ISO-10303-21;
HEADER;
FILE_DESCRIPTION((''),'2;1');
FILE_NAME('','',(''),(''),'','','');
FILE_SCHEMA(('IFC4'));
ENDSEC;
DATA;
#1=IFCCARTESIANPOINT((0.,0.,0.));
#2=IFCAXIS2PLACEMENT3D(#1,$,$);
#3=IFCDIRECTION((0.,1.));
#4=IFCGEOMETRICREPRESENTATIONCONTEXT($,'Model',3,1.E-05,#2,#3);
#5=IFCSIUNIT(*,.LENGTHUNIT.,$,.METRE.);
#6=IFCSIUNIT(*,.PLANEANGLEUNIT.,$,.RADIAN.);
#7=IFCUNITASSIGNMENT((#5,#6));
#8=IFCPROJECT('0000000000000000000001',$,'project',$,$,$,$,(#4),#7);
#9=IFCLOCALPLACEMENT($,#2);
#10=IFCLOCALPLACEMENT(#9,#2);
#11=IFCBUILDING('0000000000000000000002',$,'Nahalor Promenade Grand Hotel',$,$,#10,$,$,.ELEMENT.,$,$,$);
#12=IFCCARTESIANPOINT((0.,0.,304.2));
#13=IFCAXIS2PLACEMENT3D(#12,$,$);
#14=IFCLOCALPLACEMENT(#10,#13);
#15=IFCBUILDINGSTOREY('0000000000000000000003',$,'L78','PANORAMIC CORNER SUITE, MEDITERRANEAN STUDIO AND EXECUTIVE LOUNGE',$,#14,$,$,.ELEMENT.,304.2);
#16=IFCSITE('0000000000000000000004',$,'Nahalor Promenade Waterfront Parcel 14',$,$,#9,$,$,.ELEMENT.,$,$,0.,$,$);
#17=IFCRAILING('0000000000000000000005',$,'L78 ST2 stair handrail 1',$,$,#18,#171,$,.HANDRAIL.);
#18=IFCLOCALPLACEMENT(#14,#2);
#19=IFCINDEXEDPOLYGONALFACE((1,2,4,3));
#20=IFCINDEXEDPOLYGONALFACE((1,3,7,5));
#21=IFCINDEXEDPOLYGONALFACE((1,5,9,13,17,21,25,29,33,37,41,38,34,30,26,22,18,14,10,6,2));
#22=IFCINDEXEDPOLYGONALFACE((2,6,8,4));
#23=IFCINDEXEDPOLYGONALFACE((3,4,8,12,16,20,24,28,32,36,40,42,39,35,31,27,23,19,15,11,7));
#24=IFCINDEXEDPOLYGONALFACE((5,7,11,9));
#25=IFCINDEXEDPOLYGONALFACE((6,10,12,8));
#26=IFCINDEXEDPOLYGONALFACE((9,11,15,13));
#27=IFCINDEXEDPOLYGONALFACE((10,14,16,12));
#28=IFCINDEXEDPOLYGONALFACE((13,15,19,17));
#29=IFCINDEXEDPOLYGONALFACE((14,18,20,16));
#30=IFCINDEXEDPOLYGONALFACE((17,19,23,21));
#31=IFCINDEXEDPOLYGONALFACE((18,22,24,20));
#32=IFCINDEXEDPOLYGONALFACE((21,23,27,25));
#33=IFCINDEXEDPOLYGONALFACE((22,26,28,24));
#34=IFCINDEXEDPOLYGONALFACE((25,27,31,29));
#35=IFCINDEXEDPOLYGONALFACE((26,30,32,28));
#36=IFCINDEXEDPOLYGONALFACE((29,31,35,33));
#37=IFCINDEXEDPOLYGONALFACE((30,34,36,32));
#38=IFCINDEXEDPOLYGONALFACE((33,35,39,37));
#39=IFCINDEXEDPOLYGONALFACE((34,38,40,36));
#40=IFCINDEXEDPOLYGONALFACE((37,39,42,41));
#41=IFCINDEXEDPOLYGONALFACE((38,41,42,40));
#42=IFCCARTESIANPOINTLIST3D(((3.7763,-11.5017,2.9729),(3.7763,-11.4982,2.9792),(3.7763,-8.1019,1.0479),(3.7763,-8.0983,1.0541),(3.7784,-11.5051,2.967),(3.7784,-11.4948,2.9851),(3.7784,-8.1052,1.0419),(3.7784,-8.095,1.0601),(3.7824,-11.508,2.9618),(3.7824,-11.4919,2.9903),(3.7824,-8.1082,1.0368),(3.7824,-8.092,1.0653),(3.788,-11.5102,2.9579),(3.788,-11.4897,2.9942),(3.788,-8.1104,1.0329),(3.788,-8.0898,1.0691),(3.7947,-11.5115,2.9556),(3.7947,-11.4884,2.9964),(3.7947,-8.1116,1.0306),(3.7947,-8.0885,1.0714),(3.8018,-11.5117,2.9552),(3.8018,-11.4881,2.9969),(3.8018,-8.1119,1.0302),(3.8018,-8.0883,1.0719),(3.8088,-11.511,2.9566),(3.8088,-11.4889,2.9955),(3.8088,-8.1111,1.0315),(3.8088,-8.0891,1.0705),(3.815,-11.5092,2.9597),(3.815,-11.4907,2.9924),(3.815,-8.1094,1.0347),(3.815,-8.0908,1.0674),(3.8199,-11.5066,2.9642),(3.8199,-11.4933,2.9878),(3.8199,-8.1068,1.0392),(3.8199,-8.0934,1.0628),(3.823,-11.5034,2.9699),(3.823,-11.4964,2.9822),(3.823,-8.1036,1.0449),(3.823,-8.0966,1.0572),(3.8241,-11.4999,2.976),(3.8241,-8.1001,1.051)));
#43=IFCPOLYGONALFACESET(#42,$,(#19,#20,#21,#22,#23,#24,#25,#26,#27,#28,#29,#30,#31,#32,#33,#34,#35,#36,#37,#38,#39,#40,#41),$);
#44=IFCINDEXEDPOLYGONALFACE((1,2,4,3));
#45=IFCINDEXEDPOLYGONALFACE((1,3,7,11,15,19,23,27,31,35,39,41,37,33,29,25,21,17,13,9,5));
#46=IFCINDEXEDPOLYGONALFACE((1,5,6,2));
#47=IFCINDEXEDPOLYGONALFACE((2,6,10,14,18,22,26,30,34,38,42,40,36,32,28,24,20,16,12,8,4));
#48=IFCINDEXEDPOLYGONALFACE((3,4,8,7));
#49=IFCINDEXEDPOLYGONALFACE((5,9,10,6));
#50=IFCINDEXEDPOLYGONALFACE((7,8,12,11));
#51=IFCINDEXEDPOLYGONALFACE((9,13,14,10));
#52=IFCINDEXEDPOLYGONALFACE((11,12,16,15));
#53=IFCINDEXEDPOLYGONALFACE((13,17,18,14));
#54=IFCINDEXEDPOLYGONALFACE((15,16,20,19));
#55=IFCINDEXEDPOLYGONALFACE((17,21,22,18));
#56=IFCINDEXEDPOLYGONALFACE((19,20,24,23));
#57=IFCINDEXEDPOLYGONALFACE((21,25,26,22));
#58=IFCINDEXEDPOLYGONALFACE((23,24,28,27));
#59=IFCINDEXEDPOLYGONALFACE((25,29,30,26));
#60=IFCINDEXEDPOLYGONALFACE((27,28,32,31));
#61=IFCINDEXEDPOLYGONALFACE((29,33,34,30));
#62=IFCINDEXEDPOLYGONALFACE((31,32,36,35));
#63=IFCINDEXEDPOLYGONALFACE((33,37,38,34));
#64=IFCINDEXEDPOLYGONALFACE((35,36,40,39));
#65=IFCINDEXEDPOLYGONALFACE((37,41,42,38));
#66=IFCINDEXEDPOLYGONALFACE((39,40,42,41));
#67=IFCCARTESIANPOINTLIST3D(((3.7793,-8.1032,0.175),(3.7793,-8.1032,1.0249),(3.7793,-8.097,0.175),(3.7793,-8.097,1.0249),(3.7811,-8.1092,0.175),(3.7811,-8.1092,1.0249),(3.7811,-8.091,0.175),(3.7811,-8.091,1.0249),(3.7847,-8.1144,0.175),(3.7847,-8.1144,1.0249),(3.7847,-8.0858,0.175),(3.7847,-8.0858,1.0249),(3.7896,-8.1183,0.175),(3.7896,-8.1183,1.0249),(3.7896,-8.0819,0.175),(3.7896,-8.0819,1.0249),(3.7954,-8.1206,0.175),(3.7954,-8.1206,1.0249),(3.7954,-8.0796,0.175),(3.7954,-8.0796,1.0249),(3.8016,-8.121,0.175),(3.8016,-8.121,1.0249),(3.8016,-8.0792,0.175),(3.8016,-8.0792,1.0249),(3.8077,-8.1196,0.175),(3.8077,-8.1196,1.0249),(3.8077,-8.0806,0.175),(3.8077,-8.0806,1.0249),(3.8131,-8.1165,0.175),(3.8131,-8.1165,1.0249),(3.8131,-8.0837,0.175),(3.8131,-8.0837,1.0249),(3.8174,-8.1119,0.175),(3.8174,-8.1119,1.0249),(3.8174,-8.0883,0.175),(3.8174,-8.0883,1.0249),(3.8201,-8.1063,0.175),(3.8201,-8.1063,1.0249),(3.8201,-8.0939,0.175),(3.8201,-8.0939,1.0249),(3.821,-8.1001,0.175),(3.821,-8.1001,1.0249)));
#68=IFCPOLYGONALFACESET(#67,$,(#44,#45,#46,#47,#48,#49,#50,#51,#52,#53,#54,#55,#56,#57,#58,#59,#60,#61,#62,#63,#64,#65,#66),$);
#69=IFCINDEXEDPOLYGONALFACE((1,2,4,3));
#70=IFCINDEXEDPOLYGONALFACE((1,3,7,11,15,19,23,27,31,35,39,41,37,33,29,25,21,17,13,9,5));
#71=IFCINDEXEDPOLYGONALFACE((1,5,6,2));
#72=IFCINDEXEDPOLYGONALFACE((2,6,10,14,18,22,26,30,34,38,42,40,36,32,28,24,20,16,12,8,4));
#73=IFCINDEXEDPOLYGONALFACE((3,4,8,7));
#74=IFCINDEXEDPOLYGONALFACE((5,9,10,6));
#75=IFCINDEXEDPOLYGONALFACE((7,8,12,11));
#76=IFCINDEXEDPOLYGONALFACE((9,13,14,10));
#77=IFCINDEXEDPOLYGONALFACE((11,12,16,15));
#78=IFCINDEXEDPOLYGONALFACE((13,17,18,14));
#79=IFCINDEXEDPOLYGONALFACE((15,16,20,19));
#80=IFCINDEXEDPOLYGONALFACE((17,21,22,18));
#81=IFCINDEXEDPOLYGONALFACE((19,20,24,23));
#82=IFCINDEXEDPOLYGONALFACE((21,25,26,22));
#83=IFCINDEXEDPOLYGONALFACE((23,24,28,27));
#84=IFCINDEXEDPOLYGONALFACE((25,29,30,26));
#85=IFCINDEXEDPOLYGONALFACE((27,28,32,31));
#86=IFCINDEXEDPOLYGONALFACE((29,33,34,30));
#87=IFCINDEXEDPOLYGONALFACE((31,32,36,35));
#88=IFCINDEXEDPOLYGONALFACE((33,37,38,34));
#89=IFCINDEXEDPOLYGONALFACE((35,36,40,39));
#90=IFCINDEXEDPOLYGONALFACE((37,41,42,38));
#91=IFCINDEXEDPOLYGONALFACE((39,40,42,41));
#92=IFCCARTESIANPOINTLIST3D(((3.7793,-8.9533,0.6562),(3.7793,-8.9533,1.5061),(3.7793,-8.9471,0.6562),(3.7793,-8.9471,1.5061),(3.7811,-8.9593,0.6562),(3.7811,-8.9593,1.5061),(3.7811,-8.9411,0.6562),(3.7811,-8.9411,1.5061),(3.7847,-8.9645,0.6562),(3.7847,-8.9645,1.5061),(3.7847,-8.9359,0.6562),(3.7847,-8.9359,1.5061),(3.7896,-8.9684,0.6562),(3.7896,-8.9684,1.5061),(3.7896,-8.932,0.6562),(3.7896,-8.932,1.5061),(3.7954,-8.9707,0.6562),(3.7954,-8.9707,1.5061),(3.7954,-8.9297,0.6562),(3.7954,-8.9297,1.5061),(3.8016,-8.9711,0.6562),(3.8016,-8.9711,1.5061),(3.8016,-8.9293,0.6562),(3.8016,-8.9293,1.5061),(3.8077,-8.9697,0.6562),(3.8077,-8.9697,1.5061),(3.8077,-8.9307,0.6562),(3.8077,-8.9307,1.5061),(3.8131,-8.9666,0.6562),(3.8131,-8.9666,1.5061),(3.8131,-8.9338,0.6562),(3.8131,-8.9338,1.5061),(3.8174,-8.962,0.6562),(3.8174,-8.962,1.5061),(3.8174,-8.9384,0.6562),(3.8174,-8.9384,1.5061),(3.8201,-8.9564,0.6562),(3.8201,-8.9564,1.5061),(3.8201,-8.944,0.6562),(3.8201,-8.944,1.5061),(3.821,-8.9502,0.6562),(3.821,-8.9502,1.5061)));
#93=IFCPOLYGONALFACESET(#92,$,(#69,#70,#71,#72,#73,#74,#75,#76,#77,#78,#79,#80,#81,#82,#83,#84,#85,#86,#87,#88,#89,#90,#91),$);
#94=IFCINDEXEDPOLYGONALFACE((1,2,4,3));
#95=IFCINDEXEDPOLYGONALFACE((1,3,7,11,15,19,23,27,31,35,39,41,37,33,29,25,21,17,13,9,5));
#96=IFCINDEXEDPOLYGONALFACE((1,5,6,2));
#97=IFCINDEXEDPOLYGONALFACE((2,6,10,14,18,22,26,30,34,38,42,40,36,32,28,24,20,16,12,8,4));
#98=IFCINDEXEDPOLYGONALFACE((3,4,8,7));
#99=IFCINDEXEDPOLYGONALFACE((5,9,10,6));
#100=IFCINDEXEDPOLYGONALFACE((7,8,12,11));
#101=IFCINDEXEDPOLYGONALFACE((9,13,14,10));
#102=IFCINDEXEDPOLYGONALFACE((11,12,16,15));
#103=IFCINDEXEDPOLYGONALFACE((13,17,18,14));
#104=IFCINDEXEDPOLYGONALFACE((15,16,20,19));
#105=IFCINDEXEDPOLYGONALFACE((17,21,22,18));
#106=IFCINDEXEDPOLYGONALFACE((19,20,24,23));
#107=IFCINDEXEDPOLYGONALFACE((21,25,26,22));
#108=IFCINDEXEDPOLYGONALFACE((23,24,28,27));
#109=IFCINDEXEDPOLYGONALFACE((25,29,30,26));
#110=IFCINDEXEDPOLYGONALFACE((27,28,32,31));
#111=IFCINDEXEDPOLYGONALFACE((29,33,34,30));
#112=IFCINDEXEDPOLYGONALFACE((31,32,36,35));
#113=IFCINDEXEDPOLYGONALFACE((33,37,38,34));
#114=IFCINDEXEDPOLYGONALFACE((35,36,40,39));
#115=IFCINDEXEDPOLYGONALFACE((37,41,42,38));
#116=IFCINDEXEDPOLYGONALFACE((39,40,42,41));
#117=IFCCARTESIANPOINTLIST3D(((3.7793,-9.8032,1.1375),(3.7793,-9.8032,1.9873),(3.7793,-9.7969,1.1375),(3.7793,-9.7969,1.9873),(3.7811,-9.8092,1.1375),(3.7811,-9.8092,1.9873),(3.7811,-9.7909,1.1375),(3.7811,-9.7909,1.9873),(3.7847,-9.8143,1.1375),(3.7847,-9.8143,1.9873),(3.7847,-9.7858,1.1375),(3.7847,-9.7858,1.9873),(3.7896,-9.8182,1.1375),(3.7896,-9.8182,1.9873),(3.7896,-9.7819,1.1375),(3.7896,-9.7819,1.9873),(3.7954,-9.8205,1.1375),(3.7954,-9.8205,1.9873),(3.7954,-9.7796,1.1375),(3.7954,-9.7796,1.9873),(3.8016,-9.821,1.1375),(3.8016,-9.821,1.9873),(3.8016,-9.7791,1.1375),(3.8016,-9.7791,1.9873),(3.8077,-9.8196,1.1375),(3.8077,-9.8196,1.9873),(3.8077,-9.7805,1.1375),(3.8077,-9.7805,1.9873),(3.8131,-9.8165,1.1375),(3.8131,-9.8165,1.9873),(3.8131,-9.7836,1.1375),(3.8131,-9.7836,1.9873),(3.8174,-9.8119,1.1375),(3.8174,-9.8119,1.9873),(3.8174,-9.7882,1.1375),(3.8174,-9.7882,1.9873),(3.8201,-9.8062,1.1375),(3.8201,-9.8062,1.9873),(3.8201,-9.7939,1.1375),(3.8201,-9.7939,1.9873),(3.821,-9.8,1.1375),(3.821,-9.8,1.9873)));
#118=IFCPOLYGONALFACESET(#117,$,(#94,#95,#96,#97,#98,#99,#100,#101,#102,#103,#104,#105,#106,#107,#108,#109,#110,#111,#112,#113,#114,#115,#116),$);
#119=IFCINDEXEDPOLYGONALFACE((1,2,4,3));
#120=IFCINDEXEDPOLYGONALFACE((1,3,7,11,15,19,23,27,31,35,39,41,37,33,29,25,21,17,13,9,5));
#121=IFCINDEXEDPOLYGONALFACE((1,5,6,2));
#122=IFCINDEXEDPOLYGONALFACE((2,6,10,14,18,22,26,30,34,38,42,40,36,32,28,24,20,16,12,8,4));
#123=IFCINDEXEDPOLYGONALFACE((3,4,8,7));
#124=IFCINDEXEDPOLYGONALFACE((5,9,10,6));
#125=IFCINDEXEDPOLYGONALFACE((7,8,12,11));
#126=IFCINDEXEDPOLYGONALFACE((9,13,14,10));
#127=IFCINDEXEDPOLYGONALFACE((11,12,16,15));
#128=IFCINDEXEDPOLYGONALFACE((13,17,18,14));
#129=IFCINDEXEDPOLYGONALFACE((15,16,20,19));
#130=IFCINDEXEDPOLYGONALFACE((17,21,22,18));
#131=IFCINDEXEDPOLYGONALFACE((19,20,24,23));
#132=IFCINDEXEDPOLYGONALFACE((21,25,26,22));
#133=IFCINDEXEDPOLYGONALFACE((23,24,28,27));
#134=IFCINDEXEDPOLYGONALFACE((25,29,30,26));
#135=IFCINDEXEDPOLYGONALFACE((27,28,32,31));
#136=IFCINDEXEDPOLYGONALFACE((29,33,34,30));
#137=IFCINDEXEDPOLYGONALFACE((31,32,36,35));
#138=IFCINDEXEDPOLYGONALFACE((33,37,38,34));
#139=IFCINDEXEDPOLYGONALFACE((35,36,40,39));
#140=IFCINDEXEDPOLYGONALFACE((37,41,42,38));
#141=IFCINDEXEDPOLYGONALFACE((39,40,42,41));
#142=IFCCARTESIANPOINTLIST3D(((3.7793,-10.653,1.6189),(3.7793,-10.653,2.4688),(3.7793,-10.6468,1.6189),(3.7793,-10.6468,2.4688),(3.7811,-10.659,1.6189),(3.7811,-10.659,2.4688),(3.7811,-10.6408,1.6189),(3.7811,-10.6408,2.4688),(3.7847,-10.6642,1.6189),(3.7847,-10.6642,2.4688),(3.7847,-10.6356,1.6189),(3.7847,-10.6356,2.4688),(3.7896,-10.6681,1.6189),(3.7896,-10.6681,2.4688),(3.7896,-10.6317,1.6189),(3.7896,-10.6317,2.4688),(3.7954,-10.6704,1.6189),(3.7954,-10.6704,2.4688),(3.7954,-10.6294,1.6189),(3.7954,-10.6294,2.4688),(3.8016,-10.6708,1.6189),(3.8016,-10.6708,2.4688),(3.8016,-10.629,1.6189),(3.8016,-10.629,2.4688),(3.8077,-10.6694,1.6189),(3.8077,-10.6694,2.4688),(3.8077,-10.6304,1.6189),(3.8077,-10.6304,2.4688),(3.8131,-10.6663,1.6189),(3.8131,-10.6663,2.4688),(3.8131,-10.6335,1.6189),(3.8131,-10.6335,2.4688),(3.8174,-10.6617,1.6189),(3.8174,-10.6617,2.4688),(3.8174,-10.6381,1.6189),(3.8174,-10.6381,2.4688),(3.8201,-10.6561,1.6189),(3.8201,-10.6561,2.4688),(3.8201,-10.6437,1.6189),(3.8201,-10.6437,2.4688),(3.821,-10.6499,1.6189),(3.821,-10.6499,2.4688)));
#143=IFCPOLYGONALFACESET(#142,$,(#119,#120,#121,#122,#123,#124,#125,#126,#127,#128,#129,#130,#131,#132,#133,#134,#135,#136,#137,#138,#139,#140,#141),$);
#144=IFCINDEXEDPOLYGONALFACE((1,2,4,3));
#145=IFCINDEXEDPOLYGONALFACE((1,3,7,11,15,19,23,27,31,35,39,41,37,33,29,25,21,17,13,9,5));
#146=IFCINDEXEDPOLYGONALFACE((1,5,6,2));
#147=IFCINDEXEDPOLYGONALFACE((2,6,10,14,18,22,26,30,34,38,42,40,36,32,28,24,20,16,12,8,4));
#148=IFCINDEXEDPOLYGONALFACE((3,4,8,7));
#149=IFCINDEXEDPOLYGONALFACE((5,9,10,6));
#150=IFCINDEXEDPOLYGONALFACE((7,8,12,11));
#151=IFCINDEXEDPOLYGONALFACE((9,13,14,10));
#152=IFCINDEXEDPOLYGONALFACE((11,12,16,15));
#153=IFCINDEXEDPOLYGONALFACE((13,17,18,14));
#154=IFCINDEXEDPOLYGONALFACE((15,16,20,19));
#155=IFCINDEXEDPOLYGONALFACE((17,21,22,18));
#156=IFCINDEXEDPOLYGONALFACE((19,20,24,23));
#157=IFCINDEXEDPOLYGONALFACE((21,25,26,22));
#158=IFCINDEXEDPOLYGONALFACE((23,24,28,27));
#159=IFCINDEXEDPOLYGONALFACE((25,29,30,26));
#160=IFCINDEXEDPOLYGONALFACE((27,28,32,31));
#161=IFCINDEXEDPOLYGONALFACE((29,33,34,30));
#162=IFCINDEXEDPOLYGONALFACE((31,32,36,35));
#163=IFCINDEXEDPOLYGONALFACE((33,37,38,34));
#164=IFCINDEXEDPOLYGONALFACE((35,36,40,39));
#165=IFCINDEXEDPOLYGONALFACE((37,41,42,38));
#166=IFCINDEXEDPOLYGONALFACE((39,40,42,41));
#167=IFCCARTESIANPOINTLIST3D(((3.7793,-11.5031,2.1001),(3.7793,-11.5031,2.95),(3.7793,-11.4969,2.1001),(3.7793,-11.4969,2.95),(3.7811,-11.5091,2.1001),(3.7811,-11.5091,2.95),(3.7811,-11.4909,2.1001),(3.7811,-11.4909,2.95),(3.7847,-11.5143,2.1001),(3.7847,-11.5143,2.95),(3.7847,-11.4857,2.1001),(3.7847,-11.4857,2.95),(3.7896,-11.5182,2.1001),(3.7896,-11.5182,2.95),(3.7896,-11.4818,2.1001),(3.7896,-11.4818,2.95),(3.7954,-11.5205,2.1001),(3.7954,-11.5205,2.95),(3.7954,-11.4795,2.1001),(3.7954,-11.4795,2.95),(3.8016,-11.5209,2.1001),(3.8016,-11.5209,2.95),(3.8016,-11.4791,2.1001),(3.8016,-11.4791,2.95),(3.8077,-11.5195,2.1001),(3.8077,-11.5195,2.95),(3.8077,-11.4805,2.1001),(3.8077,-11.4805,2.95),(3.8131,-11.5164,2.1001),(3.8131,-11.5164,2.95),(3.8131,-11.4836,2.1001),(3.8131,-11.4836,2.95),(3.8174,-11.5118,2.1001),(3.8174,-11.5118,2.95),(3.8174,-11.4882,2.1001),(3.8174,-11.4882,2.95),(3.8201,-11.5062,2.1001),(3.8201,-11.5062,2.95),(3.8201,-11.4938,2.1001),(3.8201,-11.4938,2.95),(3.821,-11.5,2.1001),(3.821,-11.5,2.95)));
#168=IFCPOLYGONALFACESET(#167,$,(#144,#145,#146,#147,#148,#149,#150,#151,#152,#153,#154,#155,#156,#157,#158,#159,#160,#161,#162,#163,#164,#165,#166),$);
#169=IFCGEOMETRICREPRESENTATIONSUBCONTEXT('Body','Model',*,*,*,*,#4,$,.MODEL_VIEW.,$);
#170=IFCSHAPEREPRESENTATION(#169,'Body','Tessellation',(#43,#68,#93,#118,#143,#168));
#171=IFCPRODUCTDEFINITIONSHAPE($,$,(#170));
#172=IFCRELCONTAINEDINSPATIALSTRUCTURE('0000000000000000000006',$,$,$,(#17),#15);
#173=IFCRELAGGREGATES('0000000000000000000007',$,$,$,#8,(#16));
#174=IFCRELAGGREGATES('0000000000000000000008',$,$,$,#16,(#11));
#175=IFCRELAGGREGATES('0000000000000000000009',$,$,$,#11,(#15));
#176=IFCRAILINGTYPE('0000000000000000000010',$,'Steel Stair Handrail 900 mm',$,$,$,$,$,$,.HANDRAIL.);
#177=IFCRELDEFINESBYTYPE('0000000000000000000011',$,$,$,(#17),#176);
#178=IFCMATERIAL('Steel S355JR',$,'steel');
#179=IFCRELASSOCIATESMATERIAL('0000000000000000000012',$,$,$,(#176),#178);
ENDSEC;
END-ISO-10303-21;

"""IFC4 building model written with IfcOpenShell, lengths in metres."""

from ifc_helpers import new_model, si_unit, direction, frame, origin, origin_2d, place, context, subcontext, project, spatial, circle, extrude, material, type_object, element, save


model = new_model("IFC4")

# Units and contexts
model_context = context("Model", 3, precision=1e-05, world=origin(), true_north=direction((0.0, 1.0)))
body_context = subcontext(model_context, "Body", "Model", "MODEL_VIEW")
ifc_project = project(units=[si_unit("LENGTHUNIT", "METRE"), si_unit("PLANEANGLEUNIT", "RADIAN")], contexts=[model_context])

# Site, building, storey
site_placement = place(None, origin())
site = spatial("IfcSite", under=ifc_project, at=site_placement, Name="Nahalor Promenade Waterfront Parcel 14", CompositionType="ELEMENT", RefElevation=0.0)
building_placement = place(site_placement, origin())
building = spatial("IfcBuilding", under=site, at=building_placement, Name="Nahalor Promenade Grand Hotel", CompositionType="ELEMENT")
storey_placement = place(building_placement, frame((0.0, 0.0, 304.2)))
storey = spatial("IfcBuildingStorey", under=building, at=storey_placement, Name="L78", Description="PANORAMIC CORNER SUITE, MEDITERRANEAN STUDIO AND EXECUTIVE LOUNGE", CompositionType="ELEMENT", Elevation=304.2)

# Shared definitions
ifc_material_1 = material(Name="Steel S355JR", Category="steel")

# Railing
railing_type_1 = type_object("IfcRailingType", Name="Steel Stair Handrail 900 mm", PredefinedType="HANDRAIL", material=ifc_material_1)
railing_1_placement = place(storey_placement, frame((3.8, -8.1001, 0.175)))
element("IfcRailing", 1, at=railing_1_placement, inside=storey, type_object=railing_type_1, Name="L78 ST2 stair handrail 1", PredefinedType="HANDRAIL", context=body_context, shape_type="SweptSolid", body=[
    extrude(circle(Radius=0.024, at=origin_2d()), frame((0.0, 0.0, 0.876), z_axis=(0.0, -0.870194, 0.49271), x_axis=(1.0, 0.0, 0.0)), (0.0, 0.0, 1.0), 3.907),
    extrude(circle(Radius=0.021, at=origin_2d()), origin(), (0.0, 0.0, 1.0), 0.8499),
    extrude(circle(Radius=0.021, at=origin_2d()), frame((0.0, -0.8501, 0.4812)), (0.0, 0.0, 1.0), 0.8499),
    extrude(circle(Radius=0.021, at=origin_2d()), frame((0.0, -1.7, 0.9624)), (0.0, 0.0, 1.0), 0.8499),
    extrude(circle(Radius=0.021, at=origin_2d()), frame((0.0, -2.5498, 1.4438)), (0.0, 0.0, 1.0), 0.8499),
    extrude(circle(Radius=0.021, at=origin_2d()), frame((0.0, -3.3999, 1.925)), (0.0, 0.0, 1.0), 0.8499),
])

save(model, "model.ifc")
